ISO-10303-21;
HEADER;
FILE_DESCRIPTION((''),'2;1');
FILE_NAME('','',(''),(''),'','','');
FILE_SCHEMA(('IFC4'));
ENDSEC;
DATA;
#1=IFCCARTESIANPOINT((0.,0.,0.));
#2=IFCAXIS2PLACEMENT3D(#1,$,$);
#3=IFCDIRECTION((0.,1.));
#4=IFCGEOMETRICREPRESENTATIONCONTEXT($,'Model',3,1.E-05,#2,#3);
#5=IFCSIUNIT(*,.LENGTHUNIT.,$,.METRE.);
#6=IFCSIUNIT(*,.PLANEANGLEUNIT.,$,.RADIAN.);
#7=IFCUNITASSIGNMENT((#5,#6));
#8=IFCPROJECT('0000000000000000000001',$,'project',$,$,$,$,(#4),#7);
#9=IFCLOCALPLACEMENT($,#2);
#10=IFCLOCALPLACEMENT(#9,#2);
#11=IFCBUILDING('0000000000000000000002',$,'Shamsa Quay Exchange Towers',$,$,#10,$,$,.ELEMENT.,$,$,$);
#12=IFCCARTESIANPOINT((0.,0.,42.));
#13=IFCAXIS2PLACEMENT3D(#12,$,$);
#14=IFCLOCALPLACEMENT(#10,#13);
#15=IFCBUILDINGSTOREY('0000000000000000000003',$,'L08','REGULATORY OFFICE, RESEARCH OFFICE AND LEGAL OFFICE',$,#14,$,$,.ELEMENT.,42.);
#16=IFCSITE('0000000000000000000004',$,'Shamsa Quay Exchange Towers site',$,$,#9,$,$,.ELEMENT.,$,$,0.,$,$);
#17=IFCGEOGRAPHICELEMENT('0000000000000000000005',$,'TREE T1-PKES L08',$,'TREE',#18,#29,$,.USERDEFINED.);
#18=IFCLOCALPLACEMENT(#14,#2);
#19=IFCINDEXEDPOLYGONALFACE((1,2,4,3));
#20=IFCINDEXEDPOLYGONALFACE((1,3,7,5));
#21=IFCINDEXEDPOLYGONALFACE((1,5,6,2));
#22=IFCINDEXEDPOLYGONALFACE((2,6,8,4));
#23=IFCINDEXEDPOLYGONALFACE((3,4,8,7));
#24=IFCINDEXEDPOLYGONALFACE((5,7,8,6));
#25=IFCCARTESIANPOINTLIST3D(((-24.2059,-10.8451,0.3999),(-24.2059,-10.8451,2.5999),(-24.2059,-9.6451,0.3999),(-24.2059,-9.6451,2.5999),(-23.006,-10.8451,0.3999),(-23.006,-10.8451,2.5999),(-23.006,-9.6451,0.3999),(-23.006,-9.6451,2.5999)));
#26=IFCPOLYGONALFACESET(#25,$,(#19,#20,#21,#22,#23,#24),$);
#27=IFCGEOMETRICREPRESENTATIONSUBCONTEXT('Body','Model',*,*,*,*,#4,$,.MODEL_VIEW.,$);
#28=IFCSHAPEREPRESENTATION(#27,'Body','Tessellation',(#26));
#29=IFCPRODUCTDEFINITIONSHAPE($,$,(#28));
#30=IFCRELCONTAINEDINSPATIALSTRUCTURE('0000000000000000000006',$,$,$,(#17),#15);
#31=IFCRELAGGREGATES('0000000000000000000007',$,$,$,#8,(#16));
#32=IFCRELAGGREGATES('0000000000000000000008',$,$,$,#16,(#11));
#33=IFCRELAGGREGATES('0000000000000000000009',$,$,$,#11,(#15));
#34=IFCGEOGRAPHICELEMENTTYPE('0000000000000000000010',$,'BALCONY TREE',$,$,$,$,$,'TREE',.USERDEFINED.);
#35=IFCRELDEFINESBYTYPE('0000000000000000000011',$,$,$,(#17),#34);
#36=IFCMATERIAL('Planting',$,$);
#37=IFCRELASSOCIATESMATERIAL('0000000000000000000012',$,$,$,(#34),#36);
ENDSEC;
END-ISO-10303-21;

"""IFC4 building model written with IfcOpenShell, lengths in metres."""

from ifc_helpers import new_model, si_unit, direction, frame, origin, origin_2d, place, context, subcontext, project, spatial, rectangle, extrude, material, type_object, element, save


model = new_model("IFC4")

# Units and contexts
model_context = context("Model", 3, precision=1e-05, world=origin(), true_north=direction((0.0, 1.0)))
body_context = subcontext(model_context, "Body", "Model", "MODEL_VIEW")
ifc_project = project(units=[si_unit("LENGTHUNIT", "METRE"), si_unit("PLANEANGLEUNIT", "RADIAN")], contexts=[model_context])

# Site, building, storey
site_placement = place(None, origin())
site = spatial("IfcSite", under=ifc_project, at=site_placement, Name="Shamsa Quay Exchange Towers site", CompositionType="ELEMENT", RefElevation=0.0)
building_placement = place(site_placement, origin())
building = spatial("IfcBuilding", under=site, at=building_placement, Name="Shamsa Quay Exchange Towers", CompositionType="ELEMENT")
storey_placement = place(building_placement, frame((0.0, 0.0, 42.0)))
storey = spatial("IfcBuildingStorey", under=building, at=storey_placement, Name="L08", Description="REGULATORY OFFICE, RESEARCH OFFICE AND LEGAL OFFICE", CompositionType="ELEMENT", Elevation=42.0)

# Geographic element
ifc_material_1 = material(Name="Planting")
geographic_element_type = type_object("IfcGeographicElementType", Name="BALCONY TREE", ElementType="TREE", PredefinedType="USERDEFINED", material=ifc_material_1)
geographic_element_placement = place(storey_placement, frame((-23.606, -10.2451, 0.3999)))
element("IfcGeographicElement", 1, at=geographic_element_placement, inside=storey, type_object=geographic_element_type, Name="TREE T1-PKES L08", ObjectType="TREE", PredefinedType="USERDEFINED", context=body_context, shape_type="SweptSolid", body=[
    extrude(rectangle(XDim=1.2, YDim=1.2, at=origin_2d()), origin(), (0.0, 0.0, 1.0), 2.2),
])

save(model, "model.ifc")
